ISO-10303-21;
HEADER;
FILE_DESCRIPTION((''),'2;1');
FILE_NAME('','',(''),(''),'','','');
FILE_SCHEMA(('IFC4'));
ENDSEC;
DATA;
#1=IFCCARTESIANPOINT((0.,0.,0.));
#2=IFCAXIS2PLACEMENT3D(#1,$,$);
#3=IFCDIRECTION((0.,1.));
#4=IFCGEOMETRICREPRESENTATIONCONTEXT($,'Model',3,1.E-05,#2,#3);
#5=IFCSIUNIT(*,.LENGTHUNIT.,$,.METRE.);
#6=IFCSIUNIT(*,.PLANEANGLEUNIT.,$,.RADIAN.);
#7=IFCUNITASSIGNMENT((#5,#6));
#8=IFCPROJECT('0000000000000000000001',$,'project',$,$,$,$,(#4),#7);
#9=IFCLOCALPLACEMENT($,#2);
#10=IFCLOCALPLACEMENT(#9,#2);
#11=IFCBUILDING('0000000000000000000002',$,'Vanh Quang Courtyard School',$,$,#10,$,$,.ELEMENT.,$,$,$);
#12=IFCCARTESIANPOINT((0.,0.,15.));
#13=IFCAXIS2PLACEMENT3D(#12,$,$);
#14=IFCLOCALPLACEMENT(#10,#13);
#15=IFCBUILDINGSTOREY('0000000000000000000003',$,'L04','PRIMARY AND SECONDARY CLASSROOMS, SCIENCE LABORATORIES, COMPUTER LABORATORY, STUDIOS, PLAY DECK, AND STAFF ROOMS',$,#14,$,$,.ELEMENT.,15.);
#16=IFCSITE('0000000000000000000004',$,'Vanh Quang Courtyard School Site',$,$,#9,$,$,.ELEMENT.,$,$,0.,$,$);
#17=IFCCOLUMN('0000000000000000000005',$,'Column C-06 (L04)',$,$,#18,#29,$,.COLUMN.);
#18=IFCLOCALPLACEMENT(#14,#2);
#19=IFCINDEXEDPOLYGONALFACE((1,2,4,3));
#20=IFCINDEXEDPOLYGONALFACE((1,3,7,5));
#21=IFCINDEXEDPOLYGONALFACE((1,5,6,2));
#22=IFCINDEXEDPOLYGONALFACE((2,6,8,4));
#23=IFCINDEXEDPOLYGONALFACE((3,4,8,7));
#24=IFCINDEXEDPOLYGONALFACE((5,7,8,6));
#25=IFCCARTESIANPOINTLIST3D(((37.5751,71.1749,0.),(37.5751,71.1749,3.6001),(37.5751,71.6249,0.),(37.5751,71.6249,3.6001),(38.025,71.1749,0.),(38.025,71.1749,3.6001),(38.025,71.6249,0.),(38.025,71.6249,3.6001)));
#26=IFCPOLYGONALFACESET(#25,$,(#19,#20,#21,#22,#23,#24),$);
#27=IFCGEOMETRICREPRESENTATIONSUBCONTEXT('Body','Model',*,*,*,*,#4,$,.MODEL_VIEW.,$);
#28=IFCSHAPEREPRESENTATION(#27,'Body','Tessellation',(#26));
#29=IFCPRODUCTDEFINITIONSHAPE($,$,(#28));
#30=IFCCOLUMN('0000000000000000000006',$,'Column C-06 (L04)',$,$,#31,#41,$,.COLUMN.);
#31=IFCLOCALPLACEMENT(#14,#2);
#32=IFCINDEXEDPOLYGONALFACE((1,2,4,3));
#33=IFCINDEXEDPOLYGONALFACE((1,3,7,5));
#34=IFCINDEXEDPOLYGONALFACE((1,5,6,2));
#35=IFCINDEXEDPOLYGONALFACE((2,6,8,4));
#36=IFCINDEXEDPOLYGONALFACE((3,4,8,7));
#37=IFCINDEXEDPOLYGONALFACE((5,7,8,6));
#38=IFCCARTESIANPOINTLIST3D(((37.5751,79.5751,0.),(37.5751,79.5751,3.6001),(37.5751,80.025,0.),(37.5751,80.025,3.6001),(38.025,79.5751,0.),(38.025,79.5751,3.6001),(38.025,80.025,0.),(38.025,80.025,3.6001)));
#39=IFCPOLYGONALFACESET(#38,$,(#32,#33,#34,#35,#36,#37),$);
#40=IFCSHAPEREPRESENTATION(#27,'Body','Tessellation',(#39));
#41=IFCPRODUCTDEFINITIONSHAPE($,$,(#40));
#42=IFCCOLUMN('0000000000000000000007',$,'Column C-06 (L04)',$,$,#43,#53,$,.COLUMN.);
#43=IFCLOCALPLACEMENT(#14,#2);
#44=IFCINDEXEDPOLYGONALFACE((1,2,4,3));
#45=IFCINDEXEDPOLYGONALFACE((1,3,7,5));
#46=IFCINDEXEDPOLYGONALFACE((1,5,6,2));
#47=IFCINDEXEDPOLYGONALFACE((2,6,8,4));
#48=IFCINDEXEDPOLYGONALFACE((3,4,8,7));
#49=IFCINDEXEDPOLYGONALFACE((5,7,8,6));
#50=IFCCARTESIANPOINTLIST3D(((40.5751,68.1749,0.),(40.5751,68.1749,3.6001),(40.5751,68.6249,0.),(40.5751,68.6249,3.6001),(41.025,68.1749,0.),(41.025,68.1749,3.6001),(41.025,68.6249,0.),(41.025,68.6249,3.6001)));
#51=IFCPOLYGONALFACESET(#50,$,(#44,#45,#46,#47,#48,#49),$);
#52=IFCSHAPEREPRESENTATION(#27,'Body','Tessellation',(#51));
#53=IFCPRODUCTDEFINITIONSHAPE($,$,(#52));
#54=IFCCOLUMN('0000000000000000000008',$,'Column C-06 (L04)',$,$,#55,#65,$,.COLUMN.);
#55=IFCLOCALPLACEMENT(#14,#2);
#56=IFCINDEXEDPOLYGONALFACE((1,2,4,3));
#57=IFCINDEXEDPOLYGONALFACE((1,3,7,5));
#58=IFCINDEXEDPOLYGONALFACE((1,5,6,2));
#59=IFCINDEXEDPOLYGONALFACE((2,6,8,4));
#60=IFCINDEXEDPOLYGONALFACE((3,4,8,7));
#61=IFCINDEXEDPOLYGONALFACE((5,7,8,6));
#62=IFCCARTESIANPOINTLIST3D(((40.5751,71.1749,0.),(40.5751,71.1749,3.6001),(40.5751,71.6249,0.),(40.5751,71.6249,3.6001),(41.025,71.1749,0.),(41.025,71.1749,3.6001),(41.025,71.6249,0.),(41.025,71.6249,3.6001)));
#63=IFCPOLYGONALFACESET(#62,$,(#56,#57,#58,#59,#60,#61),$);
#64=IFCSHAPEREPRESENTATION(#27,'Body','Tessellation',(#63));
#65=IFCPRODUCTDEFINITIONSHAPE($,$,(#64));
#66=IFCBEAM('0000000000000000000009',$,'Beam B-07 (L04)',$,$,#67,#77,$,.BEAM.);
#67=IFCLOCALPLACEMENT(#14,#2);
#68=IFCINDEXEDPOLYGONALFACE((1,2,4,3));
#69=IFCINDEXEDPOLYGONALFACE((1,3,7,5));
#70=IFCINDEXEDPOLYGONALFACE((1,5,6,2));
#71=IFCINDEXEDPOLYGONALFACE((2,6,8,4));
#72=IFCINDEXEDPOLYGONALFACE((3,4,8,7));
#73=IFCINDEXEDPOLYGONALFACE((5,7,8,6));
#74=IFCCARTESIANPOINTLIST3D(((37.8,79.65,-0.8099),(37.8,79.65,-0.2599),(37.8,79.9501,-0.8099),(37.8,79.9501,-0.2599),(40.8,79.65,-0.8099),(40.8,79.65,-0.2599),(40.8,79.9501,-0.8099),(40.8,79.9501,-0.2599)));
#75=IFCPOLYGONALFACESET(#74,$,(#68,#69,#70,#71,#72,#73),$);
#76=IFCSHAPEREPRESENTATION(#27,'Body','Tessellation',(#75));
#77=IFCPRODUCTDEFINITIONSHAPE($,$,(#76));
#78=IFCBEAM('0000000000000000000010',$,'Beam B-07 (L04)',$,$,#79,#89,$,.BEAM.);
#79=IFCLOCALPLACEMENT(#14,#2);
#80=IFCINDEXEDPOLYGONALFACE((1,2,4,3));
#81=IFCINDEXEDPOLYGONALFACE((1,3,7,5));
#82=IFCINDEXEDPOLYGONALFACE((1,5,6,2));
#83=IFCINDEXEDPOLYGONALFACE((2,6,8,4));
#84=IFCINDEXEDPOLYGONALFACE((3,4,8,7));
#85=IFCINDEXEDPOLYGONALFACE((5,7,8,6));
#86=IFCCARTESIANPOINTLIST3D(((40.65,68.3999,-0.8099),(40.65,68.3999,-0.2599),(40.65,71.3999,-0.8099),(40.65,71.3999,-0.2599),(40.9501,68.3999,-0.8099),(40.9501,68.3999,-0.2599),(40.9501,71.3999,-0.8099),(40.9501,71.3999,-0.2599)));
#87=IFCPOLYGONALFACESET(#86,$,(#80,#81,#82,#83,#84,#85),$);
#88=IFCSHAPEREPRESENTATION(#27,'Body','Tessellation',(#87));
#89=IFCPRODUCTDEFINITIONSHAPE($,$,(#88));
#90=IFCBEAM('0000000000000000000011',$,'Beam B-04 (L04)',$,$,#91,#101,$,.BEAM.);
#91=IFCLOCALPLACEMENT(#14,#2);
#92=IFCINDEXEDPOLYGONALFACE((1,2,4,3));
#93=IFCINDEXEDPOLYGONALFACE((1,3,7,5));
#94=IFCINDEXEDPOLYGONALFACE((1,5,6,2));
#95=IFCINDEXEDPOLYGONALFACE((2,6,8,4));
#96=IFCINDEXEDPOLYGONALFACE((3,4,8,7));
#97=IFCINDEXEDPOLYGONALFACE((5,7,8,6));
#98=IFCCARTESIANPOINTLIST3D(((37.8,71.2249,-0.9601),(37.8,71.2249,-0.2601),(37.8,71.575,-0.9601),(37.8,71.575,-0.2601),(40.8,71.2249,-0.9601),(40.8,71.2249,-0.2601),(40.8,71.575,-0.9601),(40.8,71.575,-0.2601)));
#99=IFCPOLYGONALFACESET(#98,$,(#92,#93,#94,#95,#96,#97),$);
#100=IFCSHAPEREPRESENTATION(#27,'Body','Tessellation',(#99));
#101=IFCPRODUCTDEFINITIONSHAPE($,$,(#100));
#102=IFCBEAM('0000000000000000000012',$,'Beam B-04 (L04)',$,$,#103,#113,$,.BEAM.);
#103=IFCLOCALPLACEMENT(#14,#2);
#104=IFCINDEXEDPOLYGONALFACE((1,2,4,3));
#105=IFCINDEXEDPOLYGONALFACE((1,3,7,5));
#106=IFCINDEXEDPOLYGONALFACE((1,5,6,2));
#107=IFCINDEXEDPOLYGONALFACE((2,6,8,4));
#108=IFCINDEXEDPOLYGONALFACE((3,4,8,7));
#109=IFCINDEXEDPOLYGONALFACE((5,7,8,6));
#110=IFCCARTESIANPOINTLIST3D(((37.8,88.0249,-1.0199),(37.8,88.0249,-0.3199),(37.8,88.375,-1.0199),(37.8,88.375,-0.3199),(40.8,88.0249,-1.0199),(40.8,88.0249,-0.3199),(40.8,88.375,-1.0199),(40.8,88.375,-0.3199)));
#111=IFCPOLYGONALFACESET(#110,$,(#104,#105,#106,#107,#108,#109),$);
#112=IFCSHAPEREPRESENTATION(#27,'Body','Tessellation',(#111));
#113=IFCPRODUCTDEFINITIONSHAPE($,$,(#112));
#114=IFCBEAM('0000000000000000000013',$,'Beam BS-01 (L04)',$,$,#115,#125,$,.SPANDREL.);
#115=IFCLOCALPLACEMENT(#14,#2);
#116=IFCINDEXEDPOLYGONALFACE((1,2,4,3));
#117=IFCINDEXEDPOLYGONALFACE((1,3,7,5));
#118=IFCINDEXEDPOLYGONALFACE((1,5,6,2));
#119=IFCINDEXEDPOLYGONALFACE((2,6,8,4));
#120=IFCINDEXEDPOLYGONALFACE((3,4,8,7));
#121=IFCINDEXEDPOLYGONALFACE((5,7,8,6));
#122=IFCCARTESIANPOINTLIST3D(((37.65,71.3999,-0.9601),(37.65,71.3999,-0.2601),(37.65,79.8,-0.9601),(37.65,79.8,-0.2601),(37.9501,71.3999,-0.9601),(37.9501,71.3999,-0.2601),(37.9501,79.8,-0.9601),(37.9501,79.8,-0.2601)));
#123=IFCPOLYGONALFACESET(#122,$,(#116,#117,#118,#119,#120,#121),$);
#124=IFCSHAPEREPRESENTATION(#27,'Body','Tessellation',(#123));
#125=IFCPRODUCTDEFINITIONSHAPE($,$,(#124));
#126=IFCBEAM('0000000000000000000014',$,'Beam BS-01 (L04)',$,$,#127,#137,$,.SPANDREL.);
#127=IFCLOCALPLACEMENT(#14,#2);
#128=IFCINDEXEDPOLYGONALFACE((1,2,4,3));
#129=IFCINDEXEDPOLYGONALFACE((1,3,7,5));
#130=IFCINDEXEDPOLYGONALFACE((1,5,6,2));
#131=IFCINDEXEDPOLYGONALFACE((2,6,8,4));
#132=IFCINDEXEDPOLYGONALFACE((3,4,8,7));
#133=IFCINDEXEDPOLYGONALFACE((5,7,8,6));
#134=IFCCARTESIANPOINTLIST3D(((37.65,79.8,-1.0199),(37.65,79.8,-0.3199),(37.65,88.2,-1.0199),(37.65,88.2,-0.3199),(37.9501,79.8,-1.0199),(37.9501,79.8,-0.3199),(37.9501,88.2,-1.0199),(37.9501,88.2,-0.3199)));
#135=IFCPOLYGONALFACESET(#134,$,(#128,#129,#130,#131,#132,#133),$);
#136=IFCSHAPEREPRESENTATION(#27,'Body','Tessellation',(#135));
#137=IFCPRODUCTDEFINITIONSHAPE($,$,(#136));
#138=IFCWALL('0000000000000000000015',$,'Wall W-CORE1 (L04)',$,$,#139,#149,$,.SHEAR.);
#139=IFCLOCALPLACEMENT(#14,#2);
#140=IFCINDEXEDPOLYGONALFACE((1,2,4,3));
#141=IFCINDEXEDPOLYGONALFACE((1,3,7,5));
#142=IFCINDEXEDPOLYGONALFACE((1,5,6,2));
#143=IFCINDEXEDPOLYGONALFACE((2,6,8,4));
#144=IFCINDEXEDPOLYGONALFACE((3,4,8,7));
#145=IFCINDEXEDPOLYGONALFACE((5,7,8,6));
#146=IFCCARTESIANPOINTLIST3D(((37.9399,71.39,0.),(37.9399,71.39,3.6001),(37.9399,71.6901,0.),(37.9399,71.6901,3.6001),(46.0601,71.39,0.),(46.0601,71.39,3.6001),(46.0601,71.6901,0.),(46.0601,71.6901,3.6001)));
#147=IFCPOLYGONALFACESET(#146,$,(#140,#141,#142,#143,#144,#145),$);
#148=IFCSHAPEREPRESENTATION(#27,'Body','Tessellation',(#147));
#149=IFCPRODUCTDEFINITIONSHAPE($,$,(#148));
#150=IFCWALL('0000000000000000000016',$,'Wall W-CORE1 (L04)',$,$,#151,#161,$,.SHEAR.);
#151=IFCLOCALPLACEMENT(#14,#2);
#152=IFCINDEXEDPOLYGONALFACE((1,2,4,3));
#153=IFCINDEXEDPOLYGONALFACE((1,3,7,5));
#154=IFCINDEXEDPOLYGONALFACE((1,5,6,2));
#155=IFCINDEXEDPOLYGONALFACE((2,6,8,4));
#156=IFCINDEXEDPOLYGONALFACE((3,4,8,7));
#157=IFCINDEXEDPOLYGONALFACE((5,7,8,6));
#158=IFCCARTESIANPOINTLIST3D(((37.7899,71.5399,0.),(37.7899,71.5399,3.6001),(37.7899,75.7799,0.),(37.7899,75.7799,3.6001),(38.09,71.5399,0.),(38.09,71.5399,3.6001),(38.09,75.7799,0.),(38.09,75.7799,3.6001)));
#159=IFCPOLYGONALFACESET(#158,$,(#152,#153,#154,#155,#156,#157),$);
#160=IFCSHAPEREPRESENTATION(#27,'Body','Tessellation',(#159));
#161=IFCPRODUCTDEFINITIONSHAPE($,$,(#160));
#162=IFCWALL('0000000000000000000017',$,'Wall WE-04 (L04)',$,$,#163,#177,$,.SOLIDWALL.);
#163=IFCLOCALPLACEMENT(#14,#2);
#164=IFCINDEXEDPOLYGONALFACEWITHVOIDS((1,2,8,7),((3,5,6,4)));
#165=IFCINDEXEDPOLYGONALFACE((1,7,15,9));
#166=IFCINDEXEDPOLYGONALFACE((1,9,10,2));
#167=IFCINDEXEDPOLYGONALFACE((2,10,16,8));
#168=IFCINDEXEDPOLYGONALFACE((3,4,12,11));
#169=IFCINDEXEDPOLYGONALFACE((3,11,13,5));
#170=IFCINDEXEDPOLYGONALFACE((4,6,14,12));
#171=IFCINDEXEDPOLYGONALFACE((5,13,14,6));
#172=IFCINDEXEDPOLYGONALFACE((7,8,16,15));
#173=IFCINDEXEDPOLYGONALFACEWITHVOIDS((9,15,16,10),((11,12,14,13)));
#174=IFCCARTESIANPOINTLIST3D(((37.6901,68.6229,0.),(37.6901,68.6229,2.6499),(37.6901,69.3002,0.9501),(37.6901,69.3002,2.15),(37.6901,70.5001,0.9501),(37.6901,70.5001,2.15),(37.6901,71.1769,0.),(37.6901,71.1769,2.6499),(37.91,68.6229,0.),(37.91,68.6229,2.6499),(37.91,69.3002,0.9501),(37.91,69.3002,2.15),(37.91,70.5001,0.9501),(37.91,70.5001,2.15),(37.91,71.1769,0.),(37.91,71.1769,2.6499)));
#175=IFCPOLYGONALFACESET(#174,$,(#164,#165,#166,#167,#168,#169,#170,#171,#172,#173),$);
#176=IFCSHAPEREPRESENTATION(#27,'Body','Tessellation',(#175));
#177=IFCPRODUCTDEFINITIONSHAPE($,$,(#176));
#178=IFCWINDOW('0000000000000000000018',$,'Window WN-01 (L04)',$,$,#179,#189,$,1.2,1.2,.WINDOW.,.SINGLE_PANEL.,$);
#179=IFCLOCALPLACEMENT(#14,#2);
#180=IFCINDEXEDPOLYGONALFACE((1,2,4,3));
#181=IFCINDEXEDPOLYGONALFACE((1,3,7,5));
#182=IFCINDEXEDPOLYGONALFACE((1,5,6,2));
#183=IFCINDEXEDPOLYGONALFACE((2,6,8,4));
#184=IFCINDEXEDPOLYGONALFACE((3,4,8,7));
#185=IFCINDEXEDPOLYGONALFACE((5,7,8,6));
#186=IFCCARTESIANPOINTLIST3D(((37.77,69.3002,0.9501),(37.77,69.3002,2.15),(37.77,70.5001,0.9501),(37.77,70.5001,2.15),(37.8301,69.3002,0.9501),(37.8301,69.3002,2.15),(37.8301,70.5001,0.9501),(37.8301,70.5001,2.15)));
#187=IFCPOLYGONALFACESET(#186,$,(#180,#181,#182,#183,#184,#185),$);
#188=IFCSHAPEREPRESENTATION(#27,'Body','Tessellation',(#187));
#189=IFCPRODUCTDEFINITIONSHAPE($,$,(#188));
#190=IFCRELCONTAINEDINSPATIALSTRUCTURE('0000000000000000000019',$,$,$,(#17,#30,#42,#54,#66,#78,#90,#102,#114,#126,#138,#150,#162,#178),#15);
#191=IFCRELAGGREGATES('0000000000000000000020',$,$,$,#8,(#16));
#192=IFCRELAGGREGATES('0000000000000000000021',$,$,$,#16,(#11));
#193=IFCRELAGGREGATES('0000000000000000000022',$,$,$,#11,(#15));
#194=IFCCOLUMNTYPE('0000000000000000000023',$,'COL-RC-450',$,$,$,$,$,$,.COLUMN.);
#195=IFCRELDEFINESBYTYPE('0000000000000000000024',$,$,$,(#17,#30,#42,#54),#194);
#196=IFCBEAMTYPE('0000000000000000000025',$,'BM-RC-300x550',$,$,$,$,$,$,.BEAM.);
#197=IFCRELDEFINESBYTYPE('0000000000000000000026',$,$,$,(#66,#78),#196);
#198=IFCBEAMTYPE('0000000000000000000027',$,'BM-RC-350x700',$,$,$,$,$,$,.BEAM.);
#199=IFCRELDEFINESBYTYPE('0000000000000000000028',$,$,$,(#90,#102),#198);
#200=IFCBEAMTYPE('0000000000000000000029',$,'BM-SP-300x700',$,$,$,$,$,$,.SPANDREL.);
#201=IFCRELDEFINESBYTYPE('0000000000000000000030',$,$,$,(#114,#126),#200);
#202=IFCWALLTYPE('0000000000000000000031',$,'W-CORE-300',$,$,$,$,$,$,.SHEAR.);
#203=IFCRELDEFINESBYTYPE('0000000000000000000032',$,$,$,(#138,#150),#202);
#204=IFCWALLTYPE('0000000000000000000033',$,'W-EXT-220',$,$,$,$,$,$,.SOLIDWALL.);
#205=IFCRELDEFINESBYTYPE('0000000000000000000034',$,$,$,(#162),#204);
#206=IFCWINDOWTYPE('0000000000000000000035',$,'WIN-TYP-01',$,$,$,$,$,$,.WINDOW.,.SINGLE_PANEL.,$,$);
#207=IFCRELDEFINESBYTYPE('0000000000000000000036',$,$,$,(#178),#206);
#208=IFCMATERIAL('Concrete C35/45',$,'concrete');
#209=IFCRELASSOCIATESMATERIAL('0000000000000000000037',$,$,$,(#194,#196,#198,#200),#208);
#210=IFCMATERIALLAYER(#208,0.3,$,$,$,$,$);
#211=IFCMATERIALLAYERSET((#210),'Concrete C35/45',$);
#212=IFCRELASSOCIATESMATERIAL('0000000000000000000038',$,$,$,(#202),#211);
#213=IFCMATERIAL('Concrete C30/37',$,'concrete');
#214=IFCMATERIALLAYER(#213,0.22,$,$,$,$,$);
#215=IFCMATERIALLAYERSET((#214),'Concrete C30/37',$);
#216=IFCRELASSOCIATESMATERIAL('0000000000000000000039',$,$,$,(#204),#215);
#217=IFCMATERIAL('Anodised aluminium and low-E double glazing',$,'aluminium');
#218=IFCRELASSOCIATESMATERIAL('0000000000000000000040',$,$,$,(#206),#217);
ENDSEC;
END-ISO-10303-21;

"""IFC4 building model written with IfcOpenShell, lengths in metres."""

from ifc_helpers import new_model, si_unit, direction, frame, frame_2d, origin, origin_2d, place, context, subcontext, project, spatial, rectangle, extrude, material, layer, layer_set, material_profile, profile_set, type_object, element, fill, save


model = new_model("IFC4")

# Units and contexts
model_context = context("Model", 3, precision=1e-05, world=origin(), true_north=direction((0.0, 1.0)))
body_context = subcontext(model_context, "Body", "Model", "MODEL_VIEW")
ifc_project = project(units=[si_unit("LENGTHUNIT", "METRE"), si_unit("PLANEANGLEUNIT", "RADIAN")], contexts=[model_context])

# Site, building, storey
site_placement = place(None, origin())
site = spatial("IfcSite", under=ifc_project, at=site_placement, Name="Vanh Quang Courtyard School Site", CompositionType="ELEMENT", RefElevation=0.0)
building_placement = place(site_placement, origin())
building = spatial("IfcBuilding", under=site, at=building_placement, Name="Vanh Quang Courtyard School", CompositionType="ELEMENT")
storey_placement = place(building_placement, frame((0.0, 0.0, 15.0)))
storey = spatial("IfcBuildingStorey", under=building, at=storey_placement, Name="L04", Description="PRIMARY AND SECONDARY CLASSROOMS, SCIENCE LABORATORIES, COMPUTER LABORATORY, STUDIOS, PLAY DECK, AND STAFF ROOMS", CompositionType="ELEMENT", Elevation=15.0)

# Columns
ifc_material_1 = material(Name="Concrete C35/45", Category="concrete")
ifc_material_profile_1 = material_profile(ifc_material_1, rectangle(XDim=0.45, YDim=0.45, at=origin_2d()), Name="RC-COL 450x450")
ifc_profile_set_1 = profile_set([ifc_material_profile_1], Name="Concrete C35/45")
column_type = type_object("IfcColumnType", Name="COL-RC-450", PredefinedType="COLUMN", material=ifc_profile_set_1)
for number, where, z_axis, x_axis, name in (
    (1, (37.8, 71.3999, 0.0), (0.0, 0.0, 1.0), (1.0, 0.0, 0.0), "Column C-06 (L04)"),
    (2, (37.8, 79.8, 0.0), (0.0, 0.0, 1.0), (1.0, 0.0, 0.0), "Column C-06 (L04)"),
    (3, (40.8, 68.3999, 0.0), (0.0, 0.0, 1.0), (1.0, 0.0, 0.0), "Column C-06 (L04)"),
    (4, (40.8, 71.3999, 0.0), (0.0, 0.0, 1.0), (1.0, 0.0, 0.0), "Column C-06 (L04)"),
):
    element("IfcColumn", number, at=place(storey_placement, frame(where, z_axis=z_axis, x_axis=x_axis)), inside=storey, type_object=column_type, Name=name, PredefinedType="COLUMN", context=body_context, shape_type="SweptSolid", body=[
        extrude(rectangle(XDim=0.45, YDim=0.45, at=origin_2d()), origin(), (0.0, 0.0, 1.0), 3.6001),
    ])

# Beams
ifc_material_profile_2 = material_profile(ifc_material_1, rectangle(XDim=0.3, YDim=0.55, at=origin_2d()), Name="RC-BM 300x550")
ifc_profile_set_2 = profile_set([ifc_material_profile_2], Name="Concrete C35/45")
beam_type_1 = type_object("IfcBeamType", Name="BM-RC-300x550", PredefinedType="BEAM", material=ifc_profile_set_2)
for number, where, z_axis, x_axis, name in (
    (5, (37.8, 79.8, -0.5349), (1.0, 0.0, 0.0), (0.0, 1.0, 0.0), "Beam B-07 (L04)"),
    (6, (40.8, 68.3999, -0.5349), (0.0, 1.0, 0.0), (-1.0, 0.0, 0.0), "Beam B-07 (L04)"),
):
    element("IfcBeam", number, at=place(storey_placement, frame(where, z_axis=z_axis, x_axis=x_axis)), inside=storey, type_object=beam_type_1, Name=name, PredefinedType="BEAM", context=body_context, shape_type="SweptSolid", body=[
        extrude(rectangle(XDim=0.3, YDim=0.55, at=origin_2d()), origin(), (0.0, 0.0, 1.0), 3.0),
    ])
ifc_material_profile_3 = material_profile(ifc_material_1, rectangle(XDim=0.3501, YDim=0.7, at=origin_2d()), Name="RC-BM 350x700")
ifc_profile_set_3 = profile_set([ifc_material_profile_3], Name="Concrete C35/45")
beam_type_2 = type_object("IfcBeamType", Name="BM-RC-350x700", PredefinedType="BEAM", material=ifc_profile_set_3)
for number, where, z_axis, x_axis, name in (
    (7, (37.8, 71.3999, -0.6101), (1.0, 0.0, 0.0), (0.0, 1.0, 0.0), "Beam B-04 (L04)"),
    (8, (37.8, 88.2, -0.6699), (1.0, 0.0, 0.0), (0.0, 1.0, 0.0), "Beam B-04 (L04)"),
):
    element("IfcBeam", number, at=place(storey_placement, frame(where, z_axis=z_axis, x_axis=x_axis)), inside=storey, type_object=beam_type_2, Name=name, PredefinedType="BEAM", context=body_context, shape_type="SweptSolid", body=[
        extrude(rectangle(XDim=0.3501, YDim=0.7, at=origin_2d()), origin(), (0.0, 0.0, 1.0), 3.0),
    ])
ifc_material_profile_4 = material_profile(ifc_material_1, rectangle(XDim=0.3, YDim=0.7, at=origin_2d()), Name="RC-SP 300x700")
ifc_profile_set_4 = profile_set([ifc_material_profile_4], Name="Concrete C35/45")
beam_type_3 = type_object("IfcBeamType", Name="BM-SP-300x700", PredefinedType="SPANDREL", material=ifc_profile_set_4)
beam_1_placement = place(storey_placement, frame((37.8, 71.3999, -0.6101), z_axis=(0.0, 1.0, 0.0), x_axis=(-1.0, 0.0, 0.0)))
element("IfcBeam", 9, at=beam_1_placement, inside=storey, type_object=beam_type_3, Name="Beam BS-01 (L04)", PredefinedType="SPANDREL", context=body_context, shape_type="SweptSolid", body=[
    extrude(rectangle(XDim=0.3, YDim=0.7, at=origin_2d()), origin(), (0.0, 0.0, 1.0), 8.4001),
])
beam_2_placement = place(storey_placement, frame((37.8, 79.8, -0.6699), z_axis=(0.0, 1.0, 0.0), x_axis=(-1.0, 0.0, 0.0)))
element("IfcBeam", 10, at=beam_2_placement, inside=storey, type_object=beam_type_3, Name="Beam BS-01 (L04)", PredefinedType="SPANDREL", context=body_context, shape_type="SweptSolid", body=[
    extrude(rectangle(XDim=0.3, YDim=0.7, at=origin_2d()), origin(), (0.0, 0.0, 1.0), 8.3999),
])

# Walls
ifc_layer_1 = layer(ifc_material_1, 0.3)
ifc_layer_set_1 = layer_set([ifc_layer_1], Name="Concrete C35/45")
wall_type_1 = type_object("IfcWallType", Name="W-CORE-300", PredefinedType="SHEAR", material=ifc_layer_set_1)
wall_1_placement = place(storey_placement, frame((37.9399, 71.54, 0.0), z_axis=(0.0, 0.0, 1.0), x_axis=(1.0, 0.0, 0.0)))
element("IfcWall", 11, at=wall_1_placement, inside=storey, type_object=wall_type_1, Name="Wall W-CORE1 (L04)", PredefinedType="SHEAR", context=body_context, shape_type="SweptSolid", body=[
    extrude(rectangle(XDim=8.1201, YDim=0.3, at=frame_2d((4.0601, 0.0))), origin(), (0.0, 0.0, 1.0), 3.6001),
])
wall_2_placement = place(storey_placement, frame((37.9399, 75.78, 0.0), z_axis=(0.0, 0.0, 1.0), x_axis=(0.0, -1.0, 0.0)))
element("IfcWall", 12, at=wall_2_placement, inside=storey, type_object=wall_type_1, Name="Wall W-CORE1 (L04)", PredefinedType="SHEAR", context=body_context, shape_type="SweptSolid", body=[
    extrude(rectangle(XDim=4.24, YDim=0.3, at=frame_2d((2.1201, 0.0))), origin(), (0.0, 0.0, 1.0), 3.6001),
])

# Wall, opening, window
ifc_material_2 = material(Name="Concrete C30/37", Category="concrete")
ifc_layer_2 = layer(ifc_material_2, 0.22)
ifc_layer_set_2 = layer_set([ifc_layer_2], Name="Concrete C30/37")
wall_type_2 = type_object("IfcWallType", Name="W-EXT-220", PredefinedType="SOLIDWALL", material=ifc_layer_set_2)
wall_3_placement = place(storey_placement, frame((37.8, 68.623, 0.0), z_axis=(0.0, 0.0, 1.0), x_axis=(0.0, 1.0, 0.0)))
wall_3 = element("IfcWall", 13, at=wall_3_placement, inside=storey, type_object=wall_type_2, Name="Wall WE-04 (L04)", PredefinedType="SOLIDWALL", context=body_context, shape_type="SweptSolid", body=[
    extrude(rectangle(XDim=2.554, YDim=0.22, at=frame_2d((1.2769, 0.0))), origin(), (0.0, 0.0, 1.0), 2.6499),
])
opening_1_placement = place(wall_3_placement, frame((0.677, 0.0, 0.95)))
opening_1 = element("IfcOpeningElement", 14, at=opening_1_placement, cuts=wall_3, PredefinedType="OPENING", context=body_context, shape_type="SweptSolid", body=[
    extrude(rectangle(XDim=1.2, YDim=1.2, at=frame_2d((0.6001, 0.6001))), frame((0.0, 0.1201, 0.0), z_axis=(0.0, -1.0, 0.0), x_axis=(1.0, 0.0, 0.0)), (0.0, 0.0, 1.0), 0.24),
])
ifc_material_3 = material(Name="Anodised aluminium and low-E double glazing", Category="aluminium")
window_type_1 = type_object("IfcWindowType", Name="WIN-TYP-01", PartitioningType="SINGLE_PANEL", PredefinedType="WINDOW", material=ifc_material_3)
window_1_placement = place(opening_1_placement, origin())
window_1 = element("IfcWindow", 15, at=window_1_placement, inside=storey, type_object=window_type_1, Name="Window WN-01 (L04)", OverallHeight=1.2, OverallWidth=1.2, PartitioningType="SINGLE_PANEL", PredefinedType="WINDOW", context=body_context, shape_type="SweptSolid", body=[
    extrude(rectangle(XDim=1.2, YDim=1.2, at=frame_2d((0.6001, 0.6001))), frame((0.0, 0.03, 0.0), z_axis=(0.0, -1.0, 0.0), x_axis=(1.0, 0.0, 0.0)), (0.0, 0.0, 1.0), 0.0601),
])
fill(opening_1, window_1)

save(model, "model.ifc")
